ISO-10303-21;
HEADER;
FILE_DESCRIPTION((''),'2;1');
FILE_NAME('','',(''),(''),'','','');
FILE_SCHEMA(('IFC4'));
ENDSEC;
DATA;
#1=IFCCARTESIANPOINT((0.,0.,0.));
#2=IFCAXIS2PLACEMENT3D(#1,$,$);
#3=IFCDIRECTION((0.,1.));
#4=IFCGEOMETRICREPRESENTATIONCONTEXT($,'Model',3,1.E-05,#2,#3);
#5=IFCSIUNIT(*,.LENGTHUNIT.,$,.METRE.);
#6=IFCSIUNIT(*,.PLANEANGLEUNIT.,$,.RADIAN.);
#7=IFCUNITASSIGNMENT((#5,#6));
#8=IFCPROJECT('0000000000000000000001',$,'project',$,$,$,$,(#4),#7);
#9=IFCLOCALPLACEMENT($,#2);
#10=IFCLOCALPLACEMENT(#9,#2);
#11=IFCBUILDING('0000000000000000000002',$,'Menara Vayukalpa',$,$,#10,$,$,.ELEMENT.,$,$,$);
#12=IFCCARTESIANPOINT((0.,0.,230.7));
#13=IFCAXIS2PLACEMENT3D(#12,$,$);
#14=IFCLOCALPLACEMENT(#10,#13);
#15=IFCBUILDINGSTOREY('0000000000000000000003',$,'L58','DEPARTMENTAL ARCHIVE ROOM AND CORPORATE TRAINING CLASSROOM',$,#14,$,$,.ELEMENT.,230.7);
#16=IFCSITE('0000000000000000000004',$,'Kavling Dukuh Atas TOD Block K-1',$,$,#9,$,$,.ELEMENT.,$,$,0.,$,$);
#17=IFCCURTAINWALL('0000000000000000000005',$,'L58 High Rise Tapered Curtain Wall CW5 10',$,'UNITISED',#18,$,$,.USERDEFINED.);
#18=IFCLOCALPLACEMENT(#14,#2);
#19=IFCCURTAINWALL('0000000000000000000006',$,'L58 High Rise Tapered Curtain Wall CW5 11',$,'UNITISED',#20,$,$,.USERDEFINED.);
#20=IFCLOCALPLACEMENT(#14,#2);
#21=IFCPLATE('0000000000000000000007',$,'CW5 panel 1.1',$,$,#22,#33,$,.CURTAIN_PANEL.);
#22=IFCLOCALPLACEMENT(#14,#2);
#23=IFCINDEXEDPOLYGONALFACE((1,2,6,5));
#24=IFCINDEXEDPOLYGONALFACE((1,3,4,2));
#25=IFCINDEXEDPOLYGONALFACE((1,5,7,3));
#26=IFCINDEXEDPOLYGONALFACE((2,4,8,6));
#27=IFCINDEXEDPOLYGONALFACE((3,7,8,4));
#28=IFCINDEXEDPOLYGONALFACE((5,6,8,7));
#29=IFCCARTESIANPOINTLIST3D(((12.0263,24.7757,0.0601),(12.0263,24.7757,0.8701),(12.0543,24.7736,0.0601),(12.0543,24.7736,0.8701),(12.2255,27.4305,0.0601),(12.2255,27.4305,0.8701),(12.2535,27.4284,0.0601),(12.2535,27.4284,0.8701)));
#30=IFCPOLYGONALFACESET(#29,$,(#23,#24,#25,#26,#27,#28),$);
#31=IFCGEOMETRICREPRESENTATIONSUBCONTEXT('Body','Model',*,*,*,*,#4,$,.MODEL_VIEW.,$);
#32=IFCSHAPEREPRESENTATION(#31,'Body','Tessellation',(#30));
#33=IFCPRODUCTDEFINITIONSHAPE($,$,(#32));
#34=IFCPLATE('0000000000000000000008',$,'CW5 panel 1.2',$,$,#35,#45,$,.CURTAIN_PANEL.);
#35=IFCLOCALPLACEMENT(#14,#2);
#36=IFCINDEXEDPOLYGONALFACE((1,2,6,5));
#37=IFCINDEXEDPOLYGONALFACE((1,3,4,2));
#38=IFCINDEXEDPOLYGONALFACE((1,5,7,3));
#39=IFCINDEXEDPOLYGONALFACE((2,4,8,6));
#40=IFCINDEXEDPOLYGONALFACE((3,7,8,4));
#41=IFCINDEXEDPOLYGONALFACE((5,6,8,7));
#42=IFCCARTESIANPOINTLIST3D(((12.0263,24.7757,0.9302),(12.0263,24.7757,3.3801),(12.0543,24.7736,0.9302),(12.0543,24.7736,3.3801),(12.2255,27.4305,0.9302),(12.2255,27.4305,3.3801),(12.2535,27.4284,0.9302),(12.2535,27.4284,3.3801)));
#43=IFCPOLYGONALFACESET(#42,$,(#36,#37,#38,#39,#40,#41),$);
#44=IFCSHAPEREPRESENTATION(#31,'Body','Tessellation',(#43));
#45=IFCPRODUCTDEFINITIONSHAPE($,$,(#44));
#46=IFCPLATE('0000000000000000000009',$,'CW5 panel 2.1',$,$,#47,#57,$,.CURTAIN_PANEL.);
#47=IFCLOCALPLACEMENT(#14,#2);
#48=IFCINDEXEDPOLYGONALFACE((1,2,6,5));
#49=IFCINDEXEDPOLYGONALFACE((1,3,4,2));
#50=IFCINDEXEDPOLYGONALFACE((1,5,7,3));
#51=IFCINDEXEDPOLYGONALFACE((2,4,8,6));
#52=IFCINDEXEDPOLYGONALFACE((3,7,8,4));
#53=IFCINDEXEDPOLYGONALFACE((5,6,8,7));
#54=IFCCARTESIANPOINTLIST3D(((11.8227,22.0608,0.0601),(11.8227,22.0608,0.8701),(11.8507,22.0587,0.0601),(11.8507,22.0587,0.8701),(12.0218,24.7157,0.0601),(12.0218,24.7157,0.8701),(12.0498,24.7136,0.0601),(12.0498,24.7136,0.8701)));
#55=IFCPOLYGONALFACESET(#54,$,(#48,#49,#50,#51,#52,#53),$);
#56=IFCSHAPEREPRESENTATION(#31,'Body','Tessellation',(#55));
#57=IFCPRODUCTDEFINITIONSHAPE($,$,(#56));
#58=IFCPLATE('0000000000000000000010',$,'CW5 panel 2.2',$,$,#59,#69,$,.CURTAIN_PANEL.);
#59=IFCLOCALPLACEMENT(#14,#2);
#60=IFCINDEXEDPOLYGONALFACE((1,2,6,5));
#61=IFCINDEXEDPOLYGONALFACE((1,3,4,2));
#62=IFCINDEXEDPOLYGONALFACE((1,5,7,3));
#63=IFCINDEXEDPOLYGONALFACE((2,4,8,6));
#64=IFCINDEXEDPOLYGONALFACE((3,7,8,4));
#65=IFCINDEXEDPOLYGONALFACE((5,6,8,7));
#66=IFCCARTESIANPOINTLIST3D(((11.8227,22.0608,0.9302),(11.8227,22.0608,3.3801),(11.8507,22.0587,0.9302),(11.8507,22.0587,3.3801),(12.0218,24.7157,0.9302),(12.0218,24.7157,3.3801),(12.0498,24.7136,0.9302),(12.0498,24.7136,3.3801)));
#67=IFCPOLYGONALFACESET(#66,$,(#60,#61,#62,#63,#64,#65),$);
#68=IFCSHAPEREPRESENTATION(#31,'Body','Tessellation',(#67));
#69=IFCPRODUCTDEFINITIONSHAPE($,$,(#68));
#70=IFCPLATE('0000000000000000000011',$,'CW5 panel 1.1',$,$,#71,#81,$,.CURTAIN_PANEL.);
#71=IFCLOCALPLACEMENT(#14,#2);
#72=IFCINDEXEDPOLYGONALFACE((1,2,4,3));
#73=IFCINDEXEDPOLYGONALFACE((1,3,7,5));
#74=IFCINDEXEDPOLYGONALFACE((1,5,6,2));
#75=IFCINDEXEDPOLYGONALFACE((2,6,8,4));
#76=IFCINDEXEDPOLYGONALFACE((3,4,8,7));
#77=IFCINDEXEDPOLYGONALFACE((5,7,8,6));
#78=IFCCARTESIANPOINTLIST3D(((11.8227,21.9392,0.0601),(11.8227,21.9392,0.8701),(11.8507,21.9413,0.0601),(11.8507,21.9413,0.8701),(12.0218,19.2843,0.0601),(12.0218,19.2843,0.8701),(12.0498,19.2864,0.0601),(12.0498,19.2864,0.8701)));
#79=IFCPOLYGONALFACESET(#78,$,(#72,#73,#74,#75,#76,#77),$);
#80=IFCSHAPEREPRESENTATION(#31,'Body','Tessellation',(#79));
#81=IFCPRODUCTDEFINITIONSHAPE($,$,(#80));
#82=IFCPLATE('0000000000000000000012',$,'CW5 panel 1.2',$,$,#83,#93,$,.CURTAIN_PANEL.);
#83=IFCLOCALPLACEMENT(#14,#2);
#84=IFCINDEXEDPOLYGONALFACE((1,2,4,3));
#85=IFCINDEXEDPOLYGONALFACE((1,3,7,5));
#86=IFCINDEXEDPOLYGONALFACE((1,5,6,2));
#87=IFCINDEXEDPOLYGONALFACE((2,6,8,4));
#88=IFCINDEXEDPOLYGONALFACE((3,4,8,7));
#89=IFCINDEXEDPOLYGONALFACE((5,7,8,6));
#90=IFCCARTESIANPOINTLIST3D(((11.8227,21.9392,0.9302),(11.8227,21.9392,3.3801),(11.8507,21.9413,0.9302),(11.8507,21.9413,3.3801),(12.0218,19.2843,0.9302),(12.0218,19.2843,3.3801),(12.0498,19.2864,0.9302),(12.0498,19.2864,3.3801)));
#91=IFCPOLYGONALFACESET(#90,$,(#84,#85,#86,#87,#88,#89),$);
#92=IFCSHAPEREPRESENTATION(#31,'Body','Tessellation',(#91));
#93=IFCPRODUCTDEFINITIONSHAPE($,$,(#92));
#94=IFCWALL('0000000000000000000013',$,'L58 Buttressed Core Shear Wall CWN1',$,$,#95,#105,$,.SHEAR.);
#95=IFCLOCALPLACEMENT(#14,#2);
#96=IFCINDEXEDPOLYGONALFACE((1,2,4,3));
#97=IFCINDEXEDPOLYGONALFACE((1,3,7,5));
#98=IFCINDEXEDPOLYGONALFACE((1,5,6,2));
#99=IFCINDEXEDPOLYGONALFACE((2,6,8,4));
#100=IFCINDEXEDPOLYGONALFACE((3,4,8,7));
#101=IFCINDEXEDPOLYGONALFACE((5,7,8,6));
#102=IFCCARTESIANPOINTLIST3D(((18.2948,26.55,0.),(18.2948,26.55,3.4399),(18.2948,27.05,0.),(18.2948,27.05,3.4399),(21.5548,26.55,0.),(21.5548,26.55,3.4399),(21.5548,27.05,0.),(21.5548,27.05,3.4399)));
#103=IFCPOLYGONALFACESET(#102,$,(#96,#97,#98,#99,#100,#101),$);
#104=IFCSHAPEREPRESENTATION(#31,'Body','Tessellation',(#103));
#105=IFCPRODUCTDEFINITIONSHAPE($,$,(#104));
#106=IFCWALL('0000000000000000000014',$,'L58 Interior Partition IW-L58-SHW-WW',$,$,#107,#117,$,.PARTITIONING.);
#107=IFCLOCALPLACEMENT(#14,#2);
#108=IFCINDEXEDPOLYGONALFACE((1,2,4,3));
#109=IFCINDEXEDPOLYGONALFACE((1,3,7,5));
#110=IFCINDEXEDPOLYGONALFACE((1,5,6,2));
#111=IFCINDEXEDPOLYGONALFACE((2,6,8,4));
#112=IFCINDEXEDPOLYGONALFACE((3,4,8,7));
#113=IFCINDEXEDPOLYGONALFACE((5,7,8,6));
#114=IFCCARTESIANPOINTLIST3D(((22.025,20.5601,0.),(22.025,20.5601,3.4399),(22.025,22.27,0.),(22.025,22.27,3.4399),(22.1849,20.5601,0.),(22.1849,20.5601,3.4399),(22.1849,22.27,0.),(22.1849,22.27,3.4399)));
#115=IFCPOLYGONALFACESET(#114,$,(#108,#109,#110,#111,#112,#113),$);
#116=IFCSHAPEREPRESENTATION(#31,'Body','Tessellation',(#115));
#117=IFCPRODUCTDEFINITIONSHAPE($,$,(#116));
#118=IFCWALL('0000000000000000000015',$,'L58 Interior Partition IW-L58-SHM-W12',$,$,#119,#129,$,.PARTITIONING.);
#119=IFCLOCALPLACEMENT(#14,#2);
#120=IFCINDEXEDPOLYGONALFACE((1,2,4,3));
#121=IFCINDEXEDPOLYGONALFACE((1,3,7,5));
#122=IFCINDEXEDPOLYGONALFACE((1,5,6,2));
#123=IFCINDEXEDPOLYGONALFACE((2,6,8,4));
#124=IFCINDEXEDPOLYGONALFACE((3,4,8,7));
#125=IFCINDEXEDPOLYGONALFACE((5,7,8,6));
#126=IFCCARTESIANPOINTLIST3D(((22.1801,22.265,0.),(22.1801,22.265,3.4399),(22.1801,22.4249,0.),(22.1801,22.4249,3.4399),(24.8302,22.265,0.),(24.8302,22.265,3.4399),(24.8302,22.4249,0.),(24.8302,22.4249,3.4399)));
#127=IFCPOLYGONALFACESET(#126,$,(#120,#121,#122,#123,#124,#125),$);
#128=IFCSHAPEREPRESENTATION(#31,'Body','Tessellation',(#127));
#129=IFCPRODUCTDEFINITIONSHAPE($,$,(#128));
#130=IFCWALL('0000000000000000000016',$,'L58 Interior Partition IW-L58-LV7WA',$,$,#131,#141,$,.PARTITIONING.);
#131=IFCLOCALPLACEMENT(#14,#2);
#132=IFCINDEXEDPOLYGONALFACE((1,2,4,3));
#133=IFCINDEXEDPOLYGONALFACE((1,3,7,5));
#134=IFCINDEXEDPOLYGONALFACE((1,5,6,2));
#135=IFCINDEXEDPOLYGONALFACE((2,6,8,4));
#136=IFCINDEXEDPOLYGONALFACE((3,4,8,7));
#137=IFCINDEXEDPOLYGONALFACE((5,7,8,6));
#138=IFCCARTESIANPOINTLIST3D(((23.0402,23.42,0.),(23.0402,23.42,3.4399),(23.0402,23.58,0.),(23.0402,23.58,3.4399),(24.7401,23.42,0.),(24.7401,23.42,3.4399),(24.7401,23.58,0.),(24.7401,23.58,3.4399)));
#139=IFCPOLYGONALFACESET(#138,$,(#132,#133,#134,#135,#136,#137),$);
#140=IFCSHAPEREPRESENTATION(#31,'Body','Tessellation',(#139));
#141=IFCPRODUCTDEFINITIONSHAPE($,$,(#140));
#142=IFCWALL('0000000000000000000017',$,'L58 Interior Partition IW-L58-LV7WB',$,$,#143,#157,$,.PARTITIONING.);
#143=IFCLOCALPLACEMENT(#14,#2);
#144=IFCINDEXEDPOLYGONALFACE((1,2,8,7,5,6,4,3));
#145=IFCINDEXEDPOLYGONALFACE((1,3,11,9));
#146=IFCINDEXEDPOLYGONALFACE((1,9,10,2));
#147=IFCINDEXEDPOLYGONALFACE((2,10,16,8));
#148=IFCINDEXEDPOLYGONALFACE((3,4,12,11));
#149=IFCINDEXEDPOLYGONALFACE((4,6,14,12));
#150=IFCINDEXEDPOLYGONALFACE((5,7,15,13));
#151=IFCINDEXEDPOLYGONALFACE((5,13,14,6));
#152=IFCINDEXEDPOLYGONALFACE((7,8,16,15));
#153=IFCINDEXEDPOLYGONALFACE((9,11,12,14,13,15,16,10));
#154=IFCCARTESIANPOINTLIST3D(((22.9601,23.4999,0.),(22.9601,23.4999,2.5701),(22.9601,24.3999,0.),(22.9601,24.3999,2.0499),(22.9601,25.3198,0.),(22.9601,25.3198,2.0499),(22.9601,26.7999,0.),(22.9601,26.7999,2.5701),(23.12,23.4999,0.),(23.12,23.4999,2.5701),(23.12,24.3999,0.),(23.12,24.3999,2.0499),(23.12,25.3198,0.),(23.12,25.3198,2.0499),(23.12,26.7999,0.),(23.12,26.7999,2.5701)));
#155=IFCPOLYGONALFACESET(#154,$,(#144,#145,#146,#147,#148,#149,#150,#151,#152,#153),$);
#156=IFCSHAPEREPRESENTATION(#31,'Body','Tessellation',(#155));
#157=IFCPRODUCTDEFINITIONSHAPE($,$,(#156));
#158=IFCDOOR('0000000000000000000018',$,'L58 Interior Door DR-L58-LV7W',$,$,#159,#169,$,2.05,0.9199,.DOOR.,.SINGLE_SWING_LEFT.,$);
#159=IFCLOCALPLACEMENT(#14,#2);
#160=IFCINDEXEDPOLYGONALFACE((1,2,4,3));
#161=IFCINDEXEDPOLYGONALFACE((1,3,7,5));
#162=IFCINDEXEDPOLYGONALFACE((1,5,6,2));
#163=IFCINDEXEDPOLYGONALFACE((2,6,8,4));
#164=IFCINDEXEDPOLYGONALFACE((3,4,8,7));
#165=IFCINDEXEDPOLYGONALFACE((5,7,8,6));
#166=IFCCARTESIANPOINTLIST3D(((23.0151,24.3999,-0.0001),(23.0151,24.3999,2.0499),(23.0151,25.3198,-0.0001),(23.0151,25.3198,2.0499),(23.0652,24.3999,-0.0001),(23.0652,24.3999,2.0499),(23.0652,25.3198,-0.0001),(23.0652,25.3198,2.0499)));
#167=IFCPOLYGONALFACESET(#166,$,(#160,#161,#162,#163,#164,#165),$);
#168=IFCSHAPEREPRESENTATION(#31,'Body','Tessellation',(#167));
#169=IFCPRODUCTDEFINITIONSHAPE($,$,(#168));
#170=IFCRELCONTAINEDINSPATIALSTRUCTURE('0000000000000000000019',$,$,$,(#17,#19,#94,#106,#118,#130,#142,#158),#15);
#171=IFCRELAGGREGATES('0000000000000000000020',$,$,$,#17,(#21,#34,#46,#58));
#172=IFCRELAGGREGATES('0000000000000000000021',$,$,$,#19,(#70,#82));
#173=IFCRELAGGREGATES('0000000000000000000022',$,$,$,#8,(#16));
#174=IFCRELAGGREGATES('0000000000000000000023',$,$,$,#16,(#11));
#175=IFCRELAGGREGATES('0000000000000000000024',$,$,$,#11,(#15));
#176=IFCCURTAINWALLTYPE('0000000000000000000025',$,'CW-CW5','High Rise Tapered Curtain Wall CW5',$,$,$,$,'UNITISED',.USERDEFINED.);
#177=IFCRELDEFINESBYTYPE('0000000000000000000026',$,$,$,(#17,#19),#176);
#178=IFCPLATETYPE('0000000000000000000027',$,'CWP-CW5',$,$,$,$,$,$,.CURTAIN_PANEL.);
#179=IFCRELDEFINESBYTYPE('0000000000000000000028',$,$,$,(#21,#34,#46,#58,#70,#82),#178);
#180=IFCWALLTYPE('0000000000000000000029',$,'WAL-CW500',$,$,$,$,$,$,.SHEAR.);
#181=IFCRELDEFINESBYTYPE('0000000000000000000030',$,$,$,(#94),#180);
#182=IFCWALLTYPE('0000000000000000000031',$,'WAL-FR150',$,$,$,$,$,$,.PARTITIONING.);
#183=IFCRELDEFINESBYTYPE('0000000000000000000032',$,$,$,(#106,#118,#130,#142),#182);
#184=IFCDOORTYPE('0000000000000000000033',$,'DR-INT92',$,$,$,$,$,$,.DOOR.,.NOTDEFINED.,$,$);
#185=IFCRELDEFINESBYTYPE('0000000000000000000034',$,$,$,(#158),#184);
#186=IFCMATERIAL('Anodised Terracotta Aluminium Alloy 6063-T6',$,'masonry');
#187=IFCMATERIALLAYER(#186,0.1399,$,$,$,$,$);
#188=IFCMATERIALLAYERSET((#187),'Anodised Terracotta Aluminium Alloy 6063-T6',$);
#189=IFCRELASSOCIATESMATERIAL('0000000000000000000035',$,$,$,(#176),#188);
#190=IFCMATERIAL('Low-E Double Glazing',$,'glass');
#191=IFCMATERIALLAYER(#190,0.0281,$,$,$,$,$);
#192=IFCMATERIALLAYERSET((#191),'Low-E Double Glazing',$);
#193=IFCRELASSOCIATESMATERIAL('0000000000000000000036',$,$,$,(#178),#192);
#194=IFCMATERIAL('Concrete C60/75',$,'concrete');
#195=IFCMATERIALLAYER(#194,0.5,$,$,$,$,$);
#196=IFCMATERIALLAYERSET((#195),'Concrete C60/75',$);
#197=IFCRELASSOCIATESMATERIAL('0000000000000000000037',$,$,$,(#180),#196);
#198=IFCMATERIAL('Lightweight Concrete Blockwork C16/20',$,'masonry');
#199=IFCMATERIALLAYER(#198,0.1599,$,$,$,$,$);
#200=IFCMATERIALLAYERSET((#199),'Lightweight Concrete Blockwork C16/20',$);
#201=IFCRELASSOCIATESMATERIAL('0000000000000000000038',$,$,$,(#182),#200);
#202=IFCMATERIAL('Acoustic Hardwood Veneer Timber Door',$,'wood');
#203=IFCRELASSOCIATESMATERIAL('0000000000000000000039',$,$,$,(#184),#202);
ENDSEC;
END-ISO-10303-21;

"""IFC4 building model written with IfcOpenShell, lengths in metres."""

from ifc_helpers import new_model, si_unit, direction, frame, frame_2d, origin, origin_2d, place, context, subcontext, project, spatial, rectangle, extrude, material, layer, layer_set, type_object, element, fill, aggregate, save


model = new_model("IFC4")

# Units and contexts
model_context = context("Model", 3, precision=1e-05, world=origin(), true_north=direction((0.0, 1.0)))
body_context = subcontext(model_context, "Body", "Model", "MODEL_VIEW")
ifc_project = project(units=[si_unit("LENGTHUNIT", "METRE"), si_unit("PLANEANGLEUNIT", "RADIAN")], contexts=[model_context])

# Site, building, storey
site_placement = place(None, origin())
site = spatial("IfcSite", under=ifc_project, at=site_placement, Name="Kavling Dukuh Atas TOD Block K-1", CompositionType="ELEMENT", RefElevation=0.0)
building_placement = place(site_placement, origin())
building = spatial("IfcBuilding", under=site, at=building_placement, Name="Menara Vayukalpa", CompositionType="ELEMENT")
storey_placement = place(building_placement, frame((0.0, 0.0, 230.7)))
storey = spatial("IfcBuildingStorey", under=building, at=storey_placement, Name="L58", Description="DEPARTMENTAL ARCHIVE ROOM AND CORPORATE TRAINING CLASSROOM", CompositionType="ELEMENT", Elevation=230.7)

# Curtain wall
ifc_material_1 = material(Name="Anodised Terracotta Aluminium Alloy 6063-T6", Category="masonry")
ifc_layer_1 = layer(ifc_material_1, 0.1399)
ifc_layer_set_1 = layer_set([ifc_layer_1], Name="Anodised Terracotta Aluminium Alloy 6063-T6")
curtain_wall_type = type_object("IfcCurtainWallType", Name="CW-CW5", Description="High Rise Tapered Curtain Wall CW5", ElementType="UNITISED", PredefinedType="USERDEFINED", material=ifc_layer_set_1)
curtain_wall_1_placement = place(storey_placement, origin())
curtain_wall_1 = element("IfcCurtainWall", 1, at=curtain_wall_1_placement, inside=storey, type_object=curtain_wall_type, Name="L58 High Rise Tapered Curtain Wall CW5 10", ObjectType="UNITISED", PredefinedType="USERDEFINED")

# Curtain wall
curtain_wall_2_placement = place(storey_placement, origin())
curtain_wall_2 = element("IfcCurtainWall", 2, at=curtain_wall_2_placement, inside=storey, type_object=curtain_wall_type, Name="L58 High Rise Tapered Curtain Wall CW5 11", ObjectType="UNITISED", PredefinedType="USERDEFINED")

# Plates
ifc_material_2 = material(Name="Low-E Double Glazing", Category="glass")
ifc_layer_2 = layer(ifc_material_2, 0.0281)
ifc_layer_set_2 = layer_set([ifc_layer_2], Name="Low-E Double Glazing")
plate_type = type_object("IfcPlateType", Name="CWP-CW5", PredefinedType="CURTAIN_PANEL", material=ifc_layer_set_2)
plate_1_placement = place(storey_placement, frame((12.1399, 26.1021, 0.0601), z_axis=(0.0, 0.0, 1.0), x_axis=(-0.074792, -0.997199, 0.0)))
plate_1 = element("IfcPlate", 3, at=plate_1_placement, type_object=plate_type, Name="CW5 panel 1.1", PredefinedType="CURTAIN_PANEL", context=body_context, shape_type="SweptSolid", body=[
    extrude(rectangle(XDim=2.6624, YDim=0.0281, at=origin_2d()), origin(), (0.0, 0.0, 1.0), 0.8101),
])
plate_2_placement = place(storey_placement, frame((12.1399, 26.1021, 0.9302), z_axis=(0.0, 0.0, 1.0), x_axis=(-0.074792, -0.997199, 0.0)))
plate_2 = element("IfcPlate", 4, at=plate_2_placement, type_object=plate_type, Name="CW5 panel 1.2", PredefinedType="CURTAIN_PANEL", context=body_context, shape_type="SweptSolid", body=[
    extrude(rectangle(XDim=2.6624, YDim=0.0281, at=origin_2d()), origin(), (0.0, 0.0, 1.0), 2.45),
])
plate_3_placement = place(storey_placement, frame((11.9363, 23.3872, 0.0601), z_axis=(0.0, 0.0, 1.0), x_axis=(-0.074792, -0.997199, 0.0)))
plate_3 = element("IfcPlate", 5, at=plate_3_placement, type_object=plate_type, Name="CW5 panel 2.1", PredefinedType="CURTAIN_PANEL", context=body_context, shape_type="SweptSolid", body=[
    extrude(rectangle(XDim=2.6624, YDim=0.0281, at=origin_2d()), origin(), (0.0, 0.0, 1.0), 0.8101),
])
plate_4_placement = place(storey_placement, frame((11.9363, 23.3872, 0.9302), z_axis=(0.0, 0.0, 1.0), x_axis=(-0.074792, -0.997199, 0.0)))
plate_4 = element("IfcPlate", 6, at=plate_4_placement, type_object=plate_type, Name="CW5 panel 2.2", PredefinedType="CURTAIN_PANEL", context=body_context, shape_type="SweptSolid", body=[
    extrude(rectangle(XDim=2.6624, YDim=0.0281, at=origin_2d()), origin(), (0.0, 0.0, 1.0), 2.45),
])
aggregate(curtain_wall_1, [plate_1, plate_2, plate_3, plate_4])
plate_5_placement = place(storey_placement, frame((11.9363, 20.6128, 0.0601), z_axis=(0.0, 0.0, 1.0), x_axis=(0.074792, -0.997199, 0.0)))
plate_5 = element("IfcPlate", 7, at=plate_5_placement, type_object=plate_type, Name="CW5 panel 1.1", PredefinedType="CURTAIN_PANEL", context=body_context, shape_type="SweptSolid", body=[
    extrude(rectangle(XDim=2.6624, YDim=0.0281, at=origin_2d()), origin(), (0.0, 0.0, 1.0), 0.8101),
])
plate_6_placement = place(storey_placement, frame((11.9363, 20.6128, 0.9302), z_axis=(0.0, 0.0, 1.0), x_axis=(0.074792, -0.997199, 0.0)))
plate_6 = element("IfcPlate", 8, at=plate_6_placement, type_object=plate_type, Name="CW5 panel 1.2", PredefinedType="CURTAIN_PANEL", context=body_context, shape_type="SweptSolid", body=[
    extrude(rectangle(XDim=2.6624, YDim=0.0281, at=origin_2d()), origin(), (0.0, 0.0, 1.0), 2.45),
])
aggregate(curtain_wall_2, [plate_5, plate_6])

# Walls
ifc_material_3 = material(Name="Concrete C60/75", Category="concrete")
ifc_layer_3 = layer(ifc_material_3, 0.5)
ifc_layer_set_3 = layer_set([ifc_layer_3], Name="Concrete C60/75")
wall_type_1 = type_object("IfcWallType", Name="WAL-CW500", PredefinedType="SHEAR", material=ifc_layer_set_3)
wall_1_placement = place(storey_placement, frame((18.2949, 26.8, 0.0), z_axis=(0.0, 0.0, 1.0), x_axis=(1.0, 0.0, 0.0)))
element("IfcWall", 9, at=wall_1_placement, inside=storey, type_object=wall_type_1, Name="L58 Buttressed Core Shear Wall CWN1", PredefinedType="SHEAR", context=body_context, shape_type="SweptSolid", body=[
    extrude(rectangle(XDim=3.26, YDim=0.5, at=frame_2d((1.6299, 0.0))), origin(), (0.0, 0.0, 1.0), 3.4399),
])
ifc_material_4 = material(Name="Lightweight Concrete Blockwork C16/20", Category="masonry")
ifc_layer_4 = layer(ifc_material_4, 0.1599)
ifc_layer_set_4 = layer_set([ifc_layer_4], Name="Lightweight Concrete Blockwork C16/20")
wall_type_2 = type_object("IfcWallType", Name="WAL-FR150", PredefinedType="PARTITIONING", material=ifc_layer_set_4)
wall_2_placement = place(storey_placement, frame((22.105, 20.5601, 0.0), z_axis=(0.0, 0.0, 1.0), x_axis=(0.0, 1.0, 0.0)))
element("IfcWall", 10, at=wall_2_placement, inside=storey, type_object=wall_type_2, Name="L58 Interior Partition IW-L58-SHW-WW", PredefinedType="PARTITIONING", context=body_context, shape_type="SweptSolid", body=[
    extrude(rectangle(XDim=1.71, YDim=0.1599, at=frame_2d((0.855, 0.0))), origin(), (0.0, 0.0, 1.0), 3.4399),
])
wall_3_placement = place(storey_placement, frame((22.1799, 22.345, 0.0), z_axis=(0.0, 0.0, 1.0), x_axis=(1.0, 0.0, 0.0)))
element("IfcWall", 11, at=wall_3_placement, inside=storey, type_object=wall_type_2, Name="L58 Interior Partition IW-L58-SHM-W12", PredefinedType="PARTITIONING", context=body_context, shape_type="SweptSolid", body=[
    extrude(rectangle(XDim=2.6501, YDim=0.1599, at=frame_2d((1.3252, 0.0))), origin(), (0.0, 0.0, 1.0), 3.4399),
])
wall_4_placement = place(storey_placement, frame((23.04, 23.5, 0.0), z_axis=(0.0, 0.0, 1.0), x_axis=(1.0, 0.0, 0.0)))
element("IfcWall", 12, at=wall_4_placement, inside=storey, type_object=wall_type_2, Name="L58 Interior Partition IW-L58-LV7WA", PredefinedType="PARTITIONING", context=body_context, shape_type="SweptSolid", body=[
    extrude(rectangle(XDim=1.7, YDim=0.1599, at=frame_2d((0.8501, 0.0))), origin(), (0.0, 0.0, 1.0), 3.4399),
])

# Wall, opening, door
wall_5_placement = place(storey_placement, frame((23.04, 23.5, 0.0), z_axis=(0.0, 0.0, 1.0), x_axis=(0.0, 1.0, 0.0)))
wall_5 = element("IfcWall", 13, at=wall_5_placement, inside=storey, type_object=wall_type_2, Name="L58 Interior Partition IW-L58-LV7WB", PredefinedType="PARTITIONING", context=body_context, shape_type="SweptSolid", body=[
    extrude(rectangle(XDim=3.3, YDim=0.1599, at=frame_2d((1.6499, 0.0))), origin(), (0.0, 0.0, 1.0), 2.5701),
])
opening_1_placement = place(wall_5_placement, frame((0.8999, 0.0, 0.0)))
opening_1 = element("IfcOpeningElement", 14, at=opening_1_placement, cuts=wall_5, PredefinedType="OPENING", context=body_context, shape_type="SweptSolid", body=[
    extrude(rectangle(XDim=0.9199, YDim=2.05, at=frame_2d((0.46, 1.0249))), frame((0.0, 0.0898, 0.0), z_axis=(0.0, -1.0, 0.0), x_axis=(1.0, 0.0, 0.0)), (0.0, 0.0, 1.0), 0.1799),
])
ifc_material_5 = material(Name="Acoustic Hardwood Veneer Timber Door", Category="wood")
door_type_1 = type_object("IfcDoorType", Name="DR-INT92", OperationType="NOTDEFINED", PredefinedType="DOOR", material=ifc_material_5)
door_1_placement = place(opening_1_placement, origin())
door_1 = element("IfcDoor", 15, at=door_1_placement, inside=storey, type_object=door_type_1, Name="L58 Interior Door DR-L58-LV7W", OperationType="SINGLE_SWING_LEFT", OverallHeight=2.05, OverallWidth=0.9199, PredefinedType="DOOR", context=body_context, shape_type="SweptSolid", body=[
    extrude(rectangle(XDim=0.9199, YDim=2.05, at=frame_2d((0.46, 1.0249))), frame((0.0, 0.0249, 0.0), z_axis=(0.0, -1.0, 0.0), x_axis=(1.0, 0.0, 0.0)), (0.0, 0.0, 1.0), 0.05),
])
fill(opening_1, door_1)

save(model, "model.ifc")
